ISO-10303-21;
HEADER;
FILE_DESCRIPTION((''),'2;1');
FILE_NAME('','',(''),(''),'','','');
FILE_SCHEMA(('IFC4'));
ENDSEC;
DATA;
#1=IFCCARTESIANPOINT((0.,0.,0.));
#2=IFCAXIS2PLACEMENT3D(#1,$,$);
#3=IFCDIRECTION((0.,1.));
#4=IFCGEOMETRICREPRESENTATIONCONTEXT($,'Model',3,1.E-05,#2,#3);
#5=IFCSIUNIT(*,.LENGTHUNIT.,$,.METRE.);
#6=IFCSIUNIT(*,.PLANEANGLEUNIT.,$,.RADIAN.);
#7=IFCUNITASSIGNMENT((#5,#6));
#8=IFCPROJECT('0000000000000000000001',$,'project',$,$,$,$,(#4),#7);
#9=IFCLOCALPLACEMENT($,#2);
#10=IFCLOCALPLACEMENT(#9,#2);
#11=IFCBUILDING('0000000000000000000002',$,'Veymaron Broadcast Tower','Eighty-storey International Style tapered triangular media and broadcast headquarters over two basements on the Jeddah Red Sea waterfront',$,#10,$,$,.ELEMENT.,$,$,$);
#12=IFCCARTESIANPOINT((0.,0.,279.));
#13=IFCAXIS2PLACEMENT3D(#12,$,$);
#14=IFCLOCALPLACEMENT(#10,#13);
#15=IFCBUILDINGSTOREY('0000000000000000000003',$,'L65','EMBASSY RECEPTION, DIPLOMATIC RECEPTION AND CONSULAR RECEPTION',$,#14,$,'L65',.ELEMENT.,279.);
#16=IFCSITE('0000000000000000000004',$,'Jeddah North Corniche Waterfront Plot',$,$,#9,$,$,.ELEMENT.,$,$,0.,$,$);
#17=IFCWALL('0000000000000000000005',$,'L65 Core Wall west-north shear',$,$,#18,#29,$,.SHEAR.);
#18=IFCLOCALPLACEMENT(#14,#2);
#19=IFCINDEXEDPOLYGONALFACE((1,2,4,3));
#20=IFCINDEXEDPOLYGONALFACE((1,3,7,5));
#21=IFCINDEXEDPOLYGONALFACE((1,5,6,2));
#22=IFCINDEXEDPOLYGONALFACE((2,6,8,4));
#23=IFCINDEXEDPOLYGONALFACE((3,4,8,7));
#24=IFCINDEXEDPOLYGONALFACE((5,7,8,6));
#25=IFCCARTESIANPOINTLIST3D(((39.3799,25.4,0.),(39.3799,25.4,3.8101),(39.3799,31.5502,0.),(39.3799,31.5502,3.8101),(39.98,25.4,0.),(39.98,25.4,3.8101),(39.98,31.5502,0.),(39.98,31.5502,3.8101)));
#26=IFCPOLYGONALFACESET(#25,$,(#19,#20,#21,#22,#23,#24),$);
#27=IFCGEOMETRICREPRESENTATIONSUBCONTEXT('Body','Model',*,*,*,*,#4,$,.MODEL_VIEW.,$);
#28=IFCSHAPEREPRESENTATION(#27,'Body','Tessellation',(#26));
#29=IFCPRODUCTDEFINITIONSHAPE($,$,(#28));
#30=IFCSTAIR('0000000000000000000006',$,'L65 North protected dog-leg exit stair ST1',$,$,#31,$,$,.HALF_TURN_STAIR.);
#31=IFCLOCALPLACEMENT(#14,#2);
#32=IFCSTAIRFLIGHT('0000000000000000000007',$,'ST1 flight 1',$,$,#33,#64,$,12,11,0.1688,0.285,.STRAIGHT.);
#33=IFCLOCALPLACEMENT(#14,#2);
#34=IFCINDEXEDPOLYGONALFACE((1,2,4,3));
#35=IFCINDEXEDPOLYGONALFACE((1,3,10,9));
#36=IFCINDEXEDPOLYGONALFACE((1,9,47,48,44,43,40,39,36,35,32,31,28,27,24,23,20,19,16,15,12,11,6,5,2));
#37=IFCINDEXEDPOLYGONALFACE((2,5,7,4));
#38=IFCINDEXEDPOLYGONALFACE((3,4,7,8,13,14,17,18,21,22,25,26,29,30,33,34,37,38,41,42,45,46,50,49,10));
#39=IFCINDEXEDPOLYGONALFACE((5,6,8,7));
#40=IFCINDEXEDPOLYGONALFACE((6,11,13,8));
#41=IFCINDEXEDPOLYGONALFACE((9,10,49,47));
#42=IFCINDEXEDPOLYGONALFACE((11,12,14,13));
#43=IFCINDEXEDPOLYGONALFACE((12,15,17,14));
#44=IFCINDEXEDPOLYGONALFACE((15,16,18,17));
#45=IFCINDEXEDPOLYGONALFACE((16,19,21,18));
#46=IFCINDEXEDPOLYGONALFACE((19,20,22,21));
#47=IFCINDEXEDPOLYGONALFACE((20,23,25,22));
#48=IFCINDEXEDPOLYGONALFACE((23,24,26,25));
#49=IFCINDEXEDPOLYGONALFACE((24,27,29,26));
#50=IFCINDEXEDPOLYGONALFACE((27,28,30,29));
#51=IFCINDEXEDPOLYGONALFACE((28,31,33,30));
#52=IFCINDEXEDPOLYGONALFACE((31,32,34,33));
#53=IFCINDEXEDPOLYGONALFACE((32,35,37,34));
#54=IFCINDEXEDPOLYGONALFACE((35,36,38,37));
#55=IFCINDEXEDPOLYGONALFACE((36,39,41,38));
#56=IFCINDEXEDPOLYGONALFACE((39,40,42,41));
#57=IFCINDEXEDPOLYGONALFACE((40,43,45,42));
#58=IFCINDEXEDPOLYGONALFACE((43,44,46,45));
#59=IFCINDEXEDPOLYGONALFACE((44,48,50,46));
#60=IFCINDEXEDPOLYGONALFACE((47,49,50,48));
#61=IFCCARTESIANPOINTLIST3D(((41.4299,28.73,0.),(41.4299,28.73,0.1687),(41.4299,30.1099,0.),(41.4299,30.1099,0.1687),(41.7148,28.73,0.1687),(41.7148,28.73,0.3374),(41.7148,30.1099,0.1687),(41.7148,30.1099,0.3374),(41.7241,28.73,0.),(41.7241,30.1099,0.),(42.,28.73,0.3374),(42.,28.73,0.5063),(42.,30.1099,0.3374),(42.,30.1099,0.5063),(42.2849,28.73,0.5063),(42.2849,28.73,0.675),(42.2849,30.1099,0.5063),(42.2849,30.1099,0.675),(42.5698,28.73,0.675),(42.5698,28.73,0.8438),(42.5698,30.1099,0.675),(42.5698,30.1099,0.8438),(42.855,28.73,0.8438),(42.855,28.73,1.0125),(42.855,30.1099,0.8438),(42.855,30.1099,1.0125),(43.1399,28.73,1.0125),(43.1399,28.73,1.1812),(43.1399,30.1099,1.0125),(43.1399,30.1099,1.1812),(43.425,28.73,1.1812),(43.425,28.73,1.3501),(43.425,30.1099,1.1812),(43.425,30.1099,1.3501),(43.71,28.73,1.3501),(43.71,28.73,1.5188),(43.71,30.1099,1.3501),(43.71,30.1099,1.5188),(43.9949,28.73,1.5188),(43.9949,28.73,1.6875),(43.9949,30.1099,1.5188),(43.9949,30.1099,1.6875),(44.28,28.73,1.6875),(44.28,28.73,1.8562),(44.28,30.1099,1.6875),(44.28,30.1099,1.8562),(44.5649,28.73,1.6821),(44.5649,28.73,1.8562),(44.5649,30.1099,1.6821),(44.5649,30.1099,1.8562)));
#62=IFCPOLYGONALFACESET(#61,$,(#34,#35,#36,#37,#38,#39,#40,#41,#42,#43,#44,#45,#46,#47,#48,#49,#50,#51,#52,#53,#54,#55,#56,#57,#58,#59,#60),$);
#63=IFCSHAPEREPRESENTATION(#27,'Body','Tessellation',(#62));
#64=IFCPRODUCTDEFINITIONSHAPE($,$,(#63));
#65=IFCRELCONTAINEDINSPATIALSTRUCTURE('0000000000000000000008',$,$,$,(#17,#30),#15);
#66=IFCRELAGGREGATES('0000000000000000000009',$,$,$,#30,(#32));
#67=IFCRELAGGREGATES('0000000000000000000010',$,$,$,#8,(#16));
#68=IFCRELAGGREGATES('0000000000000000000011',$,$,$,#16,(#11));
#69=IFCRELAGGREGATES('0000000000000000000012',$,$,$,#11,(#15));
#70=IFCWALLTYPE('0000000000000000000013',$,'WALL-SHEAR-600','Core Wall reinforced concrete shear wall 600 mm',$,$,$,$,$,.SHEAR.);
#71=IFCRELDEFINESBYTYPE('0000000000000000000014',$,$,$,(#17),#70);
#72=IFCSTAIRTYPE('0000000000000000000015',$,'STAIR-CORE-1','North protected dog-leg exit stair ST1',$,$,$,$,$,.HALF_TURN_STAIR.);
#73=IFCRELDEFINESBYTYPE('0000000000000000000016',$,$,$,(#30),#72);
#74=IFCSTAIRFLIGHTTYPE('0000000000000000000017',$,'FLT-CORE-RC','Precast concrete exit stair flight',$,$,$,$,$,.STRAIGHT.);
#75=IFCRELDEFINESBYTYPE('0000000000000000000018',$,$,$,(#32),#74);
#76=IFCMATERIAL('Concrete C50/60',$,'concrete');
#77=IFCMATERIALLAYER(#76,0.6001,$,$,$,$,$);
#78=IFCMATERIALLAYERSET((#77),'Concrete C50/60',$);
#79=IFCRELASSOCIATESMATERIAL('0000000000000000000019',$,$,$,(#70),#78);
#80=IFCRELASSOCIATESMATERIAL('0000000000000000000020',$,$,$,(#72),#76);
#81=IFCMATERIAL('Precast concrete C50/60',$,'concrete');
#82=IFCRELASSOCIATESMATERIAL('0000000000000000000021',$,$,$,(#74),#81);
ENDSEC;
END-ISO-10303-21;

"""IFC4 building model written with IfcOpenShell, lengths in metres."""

from ifc_helpers import new_model, si_unit, direction, frame, frame_2d, origin, place, context, subcontext, project, spatial, polyline, rectangle, outline, extrude, material, layer, layer_set, type_object, element, aggregate, save


model = new_model("IFC4")

# Units and contexts
model_context = context("Model", 3, precision=1e-05, world=origin(), true_north=direction((0.0, 1.0)))
body_context = subcontext(model_context, "Body", "Model", "MODEL_VIEW")
ifc_project = project(units=[si_unit("LENGTHUNIT", "METRE"), si_unit("PLANEANGLEUNIT", "RADIAN")], contexts=[model_context])

# Site, building, storey
site_placement = place(None, origin())
site = spatial("IfcSite", under=ifc_project, at=site_placement, Name="Jeddah North Corniche Waterfront Plot", CompositionType="ELEMENT", RefElevation=0.0)
building_placement = place(site_placement, origin())
building = spatial("IfcBuilding", under=site, at=building_placement, Name="Veymaron Broadcast Tower", Description="Eighty-storey International Style tapered triangular media and broadcast headquarters over two basements on the Jeddah Red Sea waterfront", CompositionType="ELEMENT")
storey_placement = place(building_placement, frame((0.0, 0.0, 279.0)))
storey = spatial("IfcBuildingStorey", under=building, at=storey_placement, Name="L65", Description="EMBASSY RECEPTION, DIPLOMATIC RECEPTION AND CONSULAR RECEPTION", LongName="L65", CompositionType="ELEMENT", Elevation=279.0)

# Shared definitions
ifc_material_1 = material(Name="Concrete C50/60", Category="concrete")

# Wall
ifc_layer_1 = layer(ifc_material_1, 0.6001)
ifc_layer_set_1 = layer_set([ifc_layer_1], Name="Concrete C50/60")
wall_type_1 = type_object("IfcWallType", Name="WALL-SHEAR-600", Description="Core Wall reinforced concrete shear wall 600 mm", PredefinedType="SHEAR", material=ifc_layer_set_1)
wall_1_placement = place(storey_placement, frame((39.6799, 25.3999, 0.0), z_axis=(0.0, 0.0, 1.0), x_axis=(0.0, 1.0, 0.0)))
element("IfcWall", 1, at=wall_1_placement, inside=storey, type_object=wall_type_1, Name="L65 Core Wall west-north shear", PredefinedType="SHEAR", context=body_context, shape_type="SweptSolid", body=[
    extrude(rectangle(XDim=6.1501, YDim=0.6001, at=frame_2d((3.0752, 0.0))), origin(), (0.0, 0.0, 1.0), 3.8101),
])

# Stair, stair flight
stair_type = type_object("IfcStairType", Name="STAIR-CORE-1", Description="North protected dog-leg exit stair ST1", PredefinedType="HALF_TURN_STAIR", material=ifc_material_1)
stair_placement = place(storey_placement, origin())
stair = element("IfcStair", 2, at=stair_placement, inside=storey, type_object=stair_type, Name="L65 North protected dog-leg exit stair ST1", PredefinedType="HALF_TURN_STAIR")
ifc_material_2 = material(Name="Precast concrete C50/60", Category="concrete")
stair_flight_type = type_object("IfcStairFlightType", Name="FLT-CORE-RC", Description="Precast concrete exit stair flight", PredefinedType="STRAIGHT", material=ifc_material_2)
stair_flight_placement = place(storey_placement, frame((41.4299, 29.4199, 0.0), z_axis=(0.0, 0.0, 1.0), x_axis=(1.0, 0.0, 0.0)))
stair_flight = element("IfcStairFlight", 3, at=stair_flight_placement, type_object=stair_flight_type, Name="ST1 flight 1", NumberOfRisers=12, NumberOfTreads=11, PredefinedType="STRAIGHT", RiserHeight=0.1688, TreadLength=0.285, context=body_context, shape_type="SweptSolid", body=[
    extrude(outline(polyline([(0.0, 0.0), (0.0, 0.1687), (0.2849, 0.1687), (0.2849, 0.3374), (0.5701, 0.3374), (0.5701, 0.5063), (0.855, 0.5063), (0.855, 0.675), (1.1399, 0.675), (1.1399, 0.8438), (1.425, 0.8438), (1.425, 1.0125), (1.71, 1.0125), (1.71, 1.1812), (1.9951, 1.1812), (1.9951, 1.3501), (2.28, 1.3501), (2.28, 1.5188), (2.5649, 1.5188), (2.5649, 1.6875), (2.8501, 1.6875), (2.8501, 1.8562), (3.135, 1.8562), (3.135, 2.0249), (3.135, 1.6821), (0.2942, 0.0), (0.0, 0.0)])), frame((0.0, 0.6899, 0.0), z_axis=(0.0, -1.0, 0.0), x_axis=(1.0, 0.0, 0.0)), (0.0, 0.0, 1.0), 1.3799),
])
aggregate(stair, [stair_flight])

save(model, "model.ifc")
